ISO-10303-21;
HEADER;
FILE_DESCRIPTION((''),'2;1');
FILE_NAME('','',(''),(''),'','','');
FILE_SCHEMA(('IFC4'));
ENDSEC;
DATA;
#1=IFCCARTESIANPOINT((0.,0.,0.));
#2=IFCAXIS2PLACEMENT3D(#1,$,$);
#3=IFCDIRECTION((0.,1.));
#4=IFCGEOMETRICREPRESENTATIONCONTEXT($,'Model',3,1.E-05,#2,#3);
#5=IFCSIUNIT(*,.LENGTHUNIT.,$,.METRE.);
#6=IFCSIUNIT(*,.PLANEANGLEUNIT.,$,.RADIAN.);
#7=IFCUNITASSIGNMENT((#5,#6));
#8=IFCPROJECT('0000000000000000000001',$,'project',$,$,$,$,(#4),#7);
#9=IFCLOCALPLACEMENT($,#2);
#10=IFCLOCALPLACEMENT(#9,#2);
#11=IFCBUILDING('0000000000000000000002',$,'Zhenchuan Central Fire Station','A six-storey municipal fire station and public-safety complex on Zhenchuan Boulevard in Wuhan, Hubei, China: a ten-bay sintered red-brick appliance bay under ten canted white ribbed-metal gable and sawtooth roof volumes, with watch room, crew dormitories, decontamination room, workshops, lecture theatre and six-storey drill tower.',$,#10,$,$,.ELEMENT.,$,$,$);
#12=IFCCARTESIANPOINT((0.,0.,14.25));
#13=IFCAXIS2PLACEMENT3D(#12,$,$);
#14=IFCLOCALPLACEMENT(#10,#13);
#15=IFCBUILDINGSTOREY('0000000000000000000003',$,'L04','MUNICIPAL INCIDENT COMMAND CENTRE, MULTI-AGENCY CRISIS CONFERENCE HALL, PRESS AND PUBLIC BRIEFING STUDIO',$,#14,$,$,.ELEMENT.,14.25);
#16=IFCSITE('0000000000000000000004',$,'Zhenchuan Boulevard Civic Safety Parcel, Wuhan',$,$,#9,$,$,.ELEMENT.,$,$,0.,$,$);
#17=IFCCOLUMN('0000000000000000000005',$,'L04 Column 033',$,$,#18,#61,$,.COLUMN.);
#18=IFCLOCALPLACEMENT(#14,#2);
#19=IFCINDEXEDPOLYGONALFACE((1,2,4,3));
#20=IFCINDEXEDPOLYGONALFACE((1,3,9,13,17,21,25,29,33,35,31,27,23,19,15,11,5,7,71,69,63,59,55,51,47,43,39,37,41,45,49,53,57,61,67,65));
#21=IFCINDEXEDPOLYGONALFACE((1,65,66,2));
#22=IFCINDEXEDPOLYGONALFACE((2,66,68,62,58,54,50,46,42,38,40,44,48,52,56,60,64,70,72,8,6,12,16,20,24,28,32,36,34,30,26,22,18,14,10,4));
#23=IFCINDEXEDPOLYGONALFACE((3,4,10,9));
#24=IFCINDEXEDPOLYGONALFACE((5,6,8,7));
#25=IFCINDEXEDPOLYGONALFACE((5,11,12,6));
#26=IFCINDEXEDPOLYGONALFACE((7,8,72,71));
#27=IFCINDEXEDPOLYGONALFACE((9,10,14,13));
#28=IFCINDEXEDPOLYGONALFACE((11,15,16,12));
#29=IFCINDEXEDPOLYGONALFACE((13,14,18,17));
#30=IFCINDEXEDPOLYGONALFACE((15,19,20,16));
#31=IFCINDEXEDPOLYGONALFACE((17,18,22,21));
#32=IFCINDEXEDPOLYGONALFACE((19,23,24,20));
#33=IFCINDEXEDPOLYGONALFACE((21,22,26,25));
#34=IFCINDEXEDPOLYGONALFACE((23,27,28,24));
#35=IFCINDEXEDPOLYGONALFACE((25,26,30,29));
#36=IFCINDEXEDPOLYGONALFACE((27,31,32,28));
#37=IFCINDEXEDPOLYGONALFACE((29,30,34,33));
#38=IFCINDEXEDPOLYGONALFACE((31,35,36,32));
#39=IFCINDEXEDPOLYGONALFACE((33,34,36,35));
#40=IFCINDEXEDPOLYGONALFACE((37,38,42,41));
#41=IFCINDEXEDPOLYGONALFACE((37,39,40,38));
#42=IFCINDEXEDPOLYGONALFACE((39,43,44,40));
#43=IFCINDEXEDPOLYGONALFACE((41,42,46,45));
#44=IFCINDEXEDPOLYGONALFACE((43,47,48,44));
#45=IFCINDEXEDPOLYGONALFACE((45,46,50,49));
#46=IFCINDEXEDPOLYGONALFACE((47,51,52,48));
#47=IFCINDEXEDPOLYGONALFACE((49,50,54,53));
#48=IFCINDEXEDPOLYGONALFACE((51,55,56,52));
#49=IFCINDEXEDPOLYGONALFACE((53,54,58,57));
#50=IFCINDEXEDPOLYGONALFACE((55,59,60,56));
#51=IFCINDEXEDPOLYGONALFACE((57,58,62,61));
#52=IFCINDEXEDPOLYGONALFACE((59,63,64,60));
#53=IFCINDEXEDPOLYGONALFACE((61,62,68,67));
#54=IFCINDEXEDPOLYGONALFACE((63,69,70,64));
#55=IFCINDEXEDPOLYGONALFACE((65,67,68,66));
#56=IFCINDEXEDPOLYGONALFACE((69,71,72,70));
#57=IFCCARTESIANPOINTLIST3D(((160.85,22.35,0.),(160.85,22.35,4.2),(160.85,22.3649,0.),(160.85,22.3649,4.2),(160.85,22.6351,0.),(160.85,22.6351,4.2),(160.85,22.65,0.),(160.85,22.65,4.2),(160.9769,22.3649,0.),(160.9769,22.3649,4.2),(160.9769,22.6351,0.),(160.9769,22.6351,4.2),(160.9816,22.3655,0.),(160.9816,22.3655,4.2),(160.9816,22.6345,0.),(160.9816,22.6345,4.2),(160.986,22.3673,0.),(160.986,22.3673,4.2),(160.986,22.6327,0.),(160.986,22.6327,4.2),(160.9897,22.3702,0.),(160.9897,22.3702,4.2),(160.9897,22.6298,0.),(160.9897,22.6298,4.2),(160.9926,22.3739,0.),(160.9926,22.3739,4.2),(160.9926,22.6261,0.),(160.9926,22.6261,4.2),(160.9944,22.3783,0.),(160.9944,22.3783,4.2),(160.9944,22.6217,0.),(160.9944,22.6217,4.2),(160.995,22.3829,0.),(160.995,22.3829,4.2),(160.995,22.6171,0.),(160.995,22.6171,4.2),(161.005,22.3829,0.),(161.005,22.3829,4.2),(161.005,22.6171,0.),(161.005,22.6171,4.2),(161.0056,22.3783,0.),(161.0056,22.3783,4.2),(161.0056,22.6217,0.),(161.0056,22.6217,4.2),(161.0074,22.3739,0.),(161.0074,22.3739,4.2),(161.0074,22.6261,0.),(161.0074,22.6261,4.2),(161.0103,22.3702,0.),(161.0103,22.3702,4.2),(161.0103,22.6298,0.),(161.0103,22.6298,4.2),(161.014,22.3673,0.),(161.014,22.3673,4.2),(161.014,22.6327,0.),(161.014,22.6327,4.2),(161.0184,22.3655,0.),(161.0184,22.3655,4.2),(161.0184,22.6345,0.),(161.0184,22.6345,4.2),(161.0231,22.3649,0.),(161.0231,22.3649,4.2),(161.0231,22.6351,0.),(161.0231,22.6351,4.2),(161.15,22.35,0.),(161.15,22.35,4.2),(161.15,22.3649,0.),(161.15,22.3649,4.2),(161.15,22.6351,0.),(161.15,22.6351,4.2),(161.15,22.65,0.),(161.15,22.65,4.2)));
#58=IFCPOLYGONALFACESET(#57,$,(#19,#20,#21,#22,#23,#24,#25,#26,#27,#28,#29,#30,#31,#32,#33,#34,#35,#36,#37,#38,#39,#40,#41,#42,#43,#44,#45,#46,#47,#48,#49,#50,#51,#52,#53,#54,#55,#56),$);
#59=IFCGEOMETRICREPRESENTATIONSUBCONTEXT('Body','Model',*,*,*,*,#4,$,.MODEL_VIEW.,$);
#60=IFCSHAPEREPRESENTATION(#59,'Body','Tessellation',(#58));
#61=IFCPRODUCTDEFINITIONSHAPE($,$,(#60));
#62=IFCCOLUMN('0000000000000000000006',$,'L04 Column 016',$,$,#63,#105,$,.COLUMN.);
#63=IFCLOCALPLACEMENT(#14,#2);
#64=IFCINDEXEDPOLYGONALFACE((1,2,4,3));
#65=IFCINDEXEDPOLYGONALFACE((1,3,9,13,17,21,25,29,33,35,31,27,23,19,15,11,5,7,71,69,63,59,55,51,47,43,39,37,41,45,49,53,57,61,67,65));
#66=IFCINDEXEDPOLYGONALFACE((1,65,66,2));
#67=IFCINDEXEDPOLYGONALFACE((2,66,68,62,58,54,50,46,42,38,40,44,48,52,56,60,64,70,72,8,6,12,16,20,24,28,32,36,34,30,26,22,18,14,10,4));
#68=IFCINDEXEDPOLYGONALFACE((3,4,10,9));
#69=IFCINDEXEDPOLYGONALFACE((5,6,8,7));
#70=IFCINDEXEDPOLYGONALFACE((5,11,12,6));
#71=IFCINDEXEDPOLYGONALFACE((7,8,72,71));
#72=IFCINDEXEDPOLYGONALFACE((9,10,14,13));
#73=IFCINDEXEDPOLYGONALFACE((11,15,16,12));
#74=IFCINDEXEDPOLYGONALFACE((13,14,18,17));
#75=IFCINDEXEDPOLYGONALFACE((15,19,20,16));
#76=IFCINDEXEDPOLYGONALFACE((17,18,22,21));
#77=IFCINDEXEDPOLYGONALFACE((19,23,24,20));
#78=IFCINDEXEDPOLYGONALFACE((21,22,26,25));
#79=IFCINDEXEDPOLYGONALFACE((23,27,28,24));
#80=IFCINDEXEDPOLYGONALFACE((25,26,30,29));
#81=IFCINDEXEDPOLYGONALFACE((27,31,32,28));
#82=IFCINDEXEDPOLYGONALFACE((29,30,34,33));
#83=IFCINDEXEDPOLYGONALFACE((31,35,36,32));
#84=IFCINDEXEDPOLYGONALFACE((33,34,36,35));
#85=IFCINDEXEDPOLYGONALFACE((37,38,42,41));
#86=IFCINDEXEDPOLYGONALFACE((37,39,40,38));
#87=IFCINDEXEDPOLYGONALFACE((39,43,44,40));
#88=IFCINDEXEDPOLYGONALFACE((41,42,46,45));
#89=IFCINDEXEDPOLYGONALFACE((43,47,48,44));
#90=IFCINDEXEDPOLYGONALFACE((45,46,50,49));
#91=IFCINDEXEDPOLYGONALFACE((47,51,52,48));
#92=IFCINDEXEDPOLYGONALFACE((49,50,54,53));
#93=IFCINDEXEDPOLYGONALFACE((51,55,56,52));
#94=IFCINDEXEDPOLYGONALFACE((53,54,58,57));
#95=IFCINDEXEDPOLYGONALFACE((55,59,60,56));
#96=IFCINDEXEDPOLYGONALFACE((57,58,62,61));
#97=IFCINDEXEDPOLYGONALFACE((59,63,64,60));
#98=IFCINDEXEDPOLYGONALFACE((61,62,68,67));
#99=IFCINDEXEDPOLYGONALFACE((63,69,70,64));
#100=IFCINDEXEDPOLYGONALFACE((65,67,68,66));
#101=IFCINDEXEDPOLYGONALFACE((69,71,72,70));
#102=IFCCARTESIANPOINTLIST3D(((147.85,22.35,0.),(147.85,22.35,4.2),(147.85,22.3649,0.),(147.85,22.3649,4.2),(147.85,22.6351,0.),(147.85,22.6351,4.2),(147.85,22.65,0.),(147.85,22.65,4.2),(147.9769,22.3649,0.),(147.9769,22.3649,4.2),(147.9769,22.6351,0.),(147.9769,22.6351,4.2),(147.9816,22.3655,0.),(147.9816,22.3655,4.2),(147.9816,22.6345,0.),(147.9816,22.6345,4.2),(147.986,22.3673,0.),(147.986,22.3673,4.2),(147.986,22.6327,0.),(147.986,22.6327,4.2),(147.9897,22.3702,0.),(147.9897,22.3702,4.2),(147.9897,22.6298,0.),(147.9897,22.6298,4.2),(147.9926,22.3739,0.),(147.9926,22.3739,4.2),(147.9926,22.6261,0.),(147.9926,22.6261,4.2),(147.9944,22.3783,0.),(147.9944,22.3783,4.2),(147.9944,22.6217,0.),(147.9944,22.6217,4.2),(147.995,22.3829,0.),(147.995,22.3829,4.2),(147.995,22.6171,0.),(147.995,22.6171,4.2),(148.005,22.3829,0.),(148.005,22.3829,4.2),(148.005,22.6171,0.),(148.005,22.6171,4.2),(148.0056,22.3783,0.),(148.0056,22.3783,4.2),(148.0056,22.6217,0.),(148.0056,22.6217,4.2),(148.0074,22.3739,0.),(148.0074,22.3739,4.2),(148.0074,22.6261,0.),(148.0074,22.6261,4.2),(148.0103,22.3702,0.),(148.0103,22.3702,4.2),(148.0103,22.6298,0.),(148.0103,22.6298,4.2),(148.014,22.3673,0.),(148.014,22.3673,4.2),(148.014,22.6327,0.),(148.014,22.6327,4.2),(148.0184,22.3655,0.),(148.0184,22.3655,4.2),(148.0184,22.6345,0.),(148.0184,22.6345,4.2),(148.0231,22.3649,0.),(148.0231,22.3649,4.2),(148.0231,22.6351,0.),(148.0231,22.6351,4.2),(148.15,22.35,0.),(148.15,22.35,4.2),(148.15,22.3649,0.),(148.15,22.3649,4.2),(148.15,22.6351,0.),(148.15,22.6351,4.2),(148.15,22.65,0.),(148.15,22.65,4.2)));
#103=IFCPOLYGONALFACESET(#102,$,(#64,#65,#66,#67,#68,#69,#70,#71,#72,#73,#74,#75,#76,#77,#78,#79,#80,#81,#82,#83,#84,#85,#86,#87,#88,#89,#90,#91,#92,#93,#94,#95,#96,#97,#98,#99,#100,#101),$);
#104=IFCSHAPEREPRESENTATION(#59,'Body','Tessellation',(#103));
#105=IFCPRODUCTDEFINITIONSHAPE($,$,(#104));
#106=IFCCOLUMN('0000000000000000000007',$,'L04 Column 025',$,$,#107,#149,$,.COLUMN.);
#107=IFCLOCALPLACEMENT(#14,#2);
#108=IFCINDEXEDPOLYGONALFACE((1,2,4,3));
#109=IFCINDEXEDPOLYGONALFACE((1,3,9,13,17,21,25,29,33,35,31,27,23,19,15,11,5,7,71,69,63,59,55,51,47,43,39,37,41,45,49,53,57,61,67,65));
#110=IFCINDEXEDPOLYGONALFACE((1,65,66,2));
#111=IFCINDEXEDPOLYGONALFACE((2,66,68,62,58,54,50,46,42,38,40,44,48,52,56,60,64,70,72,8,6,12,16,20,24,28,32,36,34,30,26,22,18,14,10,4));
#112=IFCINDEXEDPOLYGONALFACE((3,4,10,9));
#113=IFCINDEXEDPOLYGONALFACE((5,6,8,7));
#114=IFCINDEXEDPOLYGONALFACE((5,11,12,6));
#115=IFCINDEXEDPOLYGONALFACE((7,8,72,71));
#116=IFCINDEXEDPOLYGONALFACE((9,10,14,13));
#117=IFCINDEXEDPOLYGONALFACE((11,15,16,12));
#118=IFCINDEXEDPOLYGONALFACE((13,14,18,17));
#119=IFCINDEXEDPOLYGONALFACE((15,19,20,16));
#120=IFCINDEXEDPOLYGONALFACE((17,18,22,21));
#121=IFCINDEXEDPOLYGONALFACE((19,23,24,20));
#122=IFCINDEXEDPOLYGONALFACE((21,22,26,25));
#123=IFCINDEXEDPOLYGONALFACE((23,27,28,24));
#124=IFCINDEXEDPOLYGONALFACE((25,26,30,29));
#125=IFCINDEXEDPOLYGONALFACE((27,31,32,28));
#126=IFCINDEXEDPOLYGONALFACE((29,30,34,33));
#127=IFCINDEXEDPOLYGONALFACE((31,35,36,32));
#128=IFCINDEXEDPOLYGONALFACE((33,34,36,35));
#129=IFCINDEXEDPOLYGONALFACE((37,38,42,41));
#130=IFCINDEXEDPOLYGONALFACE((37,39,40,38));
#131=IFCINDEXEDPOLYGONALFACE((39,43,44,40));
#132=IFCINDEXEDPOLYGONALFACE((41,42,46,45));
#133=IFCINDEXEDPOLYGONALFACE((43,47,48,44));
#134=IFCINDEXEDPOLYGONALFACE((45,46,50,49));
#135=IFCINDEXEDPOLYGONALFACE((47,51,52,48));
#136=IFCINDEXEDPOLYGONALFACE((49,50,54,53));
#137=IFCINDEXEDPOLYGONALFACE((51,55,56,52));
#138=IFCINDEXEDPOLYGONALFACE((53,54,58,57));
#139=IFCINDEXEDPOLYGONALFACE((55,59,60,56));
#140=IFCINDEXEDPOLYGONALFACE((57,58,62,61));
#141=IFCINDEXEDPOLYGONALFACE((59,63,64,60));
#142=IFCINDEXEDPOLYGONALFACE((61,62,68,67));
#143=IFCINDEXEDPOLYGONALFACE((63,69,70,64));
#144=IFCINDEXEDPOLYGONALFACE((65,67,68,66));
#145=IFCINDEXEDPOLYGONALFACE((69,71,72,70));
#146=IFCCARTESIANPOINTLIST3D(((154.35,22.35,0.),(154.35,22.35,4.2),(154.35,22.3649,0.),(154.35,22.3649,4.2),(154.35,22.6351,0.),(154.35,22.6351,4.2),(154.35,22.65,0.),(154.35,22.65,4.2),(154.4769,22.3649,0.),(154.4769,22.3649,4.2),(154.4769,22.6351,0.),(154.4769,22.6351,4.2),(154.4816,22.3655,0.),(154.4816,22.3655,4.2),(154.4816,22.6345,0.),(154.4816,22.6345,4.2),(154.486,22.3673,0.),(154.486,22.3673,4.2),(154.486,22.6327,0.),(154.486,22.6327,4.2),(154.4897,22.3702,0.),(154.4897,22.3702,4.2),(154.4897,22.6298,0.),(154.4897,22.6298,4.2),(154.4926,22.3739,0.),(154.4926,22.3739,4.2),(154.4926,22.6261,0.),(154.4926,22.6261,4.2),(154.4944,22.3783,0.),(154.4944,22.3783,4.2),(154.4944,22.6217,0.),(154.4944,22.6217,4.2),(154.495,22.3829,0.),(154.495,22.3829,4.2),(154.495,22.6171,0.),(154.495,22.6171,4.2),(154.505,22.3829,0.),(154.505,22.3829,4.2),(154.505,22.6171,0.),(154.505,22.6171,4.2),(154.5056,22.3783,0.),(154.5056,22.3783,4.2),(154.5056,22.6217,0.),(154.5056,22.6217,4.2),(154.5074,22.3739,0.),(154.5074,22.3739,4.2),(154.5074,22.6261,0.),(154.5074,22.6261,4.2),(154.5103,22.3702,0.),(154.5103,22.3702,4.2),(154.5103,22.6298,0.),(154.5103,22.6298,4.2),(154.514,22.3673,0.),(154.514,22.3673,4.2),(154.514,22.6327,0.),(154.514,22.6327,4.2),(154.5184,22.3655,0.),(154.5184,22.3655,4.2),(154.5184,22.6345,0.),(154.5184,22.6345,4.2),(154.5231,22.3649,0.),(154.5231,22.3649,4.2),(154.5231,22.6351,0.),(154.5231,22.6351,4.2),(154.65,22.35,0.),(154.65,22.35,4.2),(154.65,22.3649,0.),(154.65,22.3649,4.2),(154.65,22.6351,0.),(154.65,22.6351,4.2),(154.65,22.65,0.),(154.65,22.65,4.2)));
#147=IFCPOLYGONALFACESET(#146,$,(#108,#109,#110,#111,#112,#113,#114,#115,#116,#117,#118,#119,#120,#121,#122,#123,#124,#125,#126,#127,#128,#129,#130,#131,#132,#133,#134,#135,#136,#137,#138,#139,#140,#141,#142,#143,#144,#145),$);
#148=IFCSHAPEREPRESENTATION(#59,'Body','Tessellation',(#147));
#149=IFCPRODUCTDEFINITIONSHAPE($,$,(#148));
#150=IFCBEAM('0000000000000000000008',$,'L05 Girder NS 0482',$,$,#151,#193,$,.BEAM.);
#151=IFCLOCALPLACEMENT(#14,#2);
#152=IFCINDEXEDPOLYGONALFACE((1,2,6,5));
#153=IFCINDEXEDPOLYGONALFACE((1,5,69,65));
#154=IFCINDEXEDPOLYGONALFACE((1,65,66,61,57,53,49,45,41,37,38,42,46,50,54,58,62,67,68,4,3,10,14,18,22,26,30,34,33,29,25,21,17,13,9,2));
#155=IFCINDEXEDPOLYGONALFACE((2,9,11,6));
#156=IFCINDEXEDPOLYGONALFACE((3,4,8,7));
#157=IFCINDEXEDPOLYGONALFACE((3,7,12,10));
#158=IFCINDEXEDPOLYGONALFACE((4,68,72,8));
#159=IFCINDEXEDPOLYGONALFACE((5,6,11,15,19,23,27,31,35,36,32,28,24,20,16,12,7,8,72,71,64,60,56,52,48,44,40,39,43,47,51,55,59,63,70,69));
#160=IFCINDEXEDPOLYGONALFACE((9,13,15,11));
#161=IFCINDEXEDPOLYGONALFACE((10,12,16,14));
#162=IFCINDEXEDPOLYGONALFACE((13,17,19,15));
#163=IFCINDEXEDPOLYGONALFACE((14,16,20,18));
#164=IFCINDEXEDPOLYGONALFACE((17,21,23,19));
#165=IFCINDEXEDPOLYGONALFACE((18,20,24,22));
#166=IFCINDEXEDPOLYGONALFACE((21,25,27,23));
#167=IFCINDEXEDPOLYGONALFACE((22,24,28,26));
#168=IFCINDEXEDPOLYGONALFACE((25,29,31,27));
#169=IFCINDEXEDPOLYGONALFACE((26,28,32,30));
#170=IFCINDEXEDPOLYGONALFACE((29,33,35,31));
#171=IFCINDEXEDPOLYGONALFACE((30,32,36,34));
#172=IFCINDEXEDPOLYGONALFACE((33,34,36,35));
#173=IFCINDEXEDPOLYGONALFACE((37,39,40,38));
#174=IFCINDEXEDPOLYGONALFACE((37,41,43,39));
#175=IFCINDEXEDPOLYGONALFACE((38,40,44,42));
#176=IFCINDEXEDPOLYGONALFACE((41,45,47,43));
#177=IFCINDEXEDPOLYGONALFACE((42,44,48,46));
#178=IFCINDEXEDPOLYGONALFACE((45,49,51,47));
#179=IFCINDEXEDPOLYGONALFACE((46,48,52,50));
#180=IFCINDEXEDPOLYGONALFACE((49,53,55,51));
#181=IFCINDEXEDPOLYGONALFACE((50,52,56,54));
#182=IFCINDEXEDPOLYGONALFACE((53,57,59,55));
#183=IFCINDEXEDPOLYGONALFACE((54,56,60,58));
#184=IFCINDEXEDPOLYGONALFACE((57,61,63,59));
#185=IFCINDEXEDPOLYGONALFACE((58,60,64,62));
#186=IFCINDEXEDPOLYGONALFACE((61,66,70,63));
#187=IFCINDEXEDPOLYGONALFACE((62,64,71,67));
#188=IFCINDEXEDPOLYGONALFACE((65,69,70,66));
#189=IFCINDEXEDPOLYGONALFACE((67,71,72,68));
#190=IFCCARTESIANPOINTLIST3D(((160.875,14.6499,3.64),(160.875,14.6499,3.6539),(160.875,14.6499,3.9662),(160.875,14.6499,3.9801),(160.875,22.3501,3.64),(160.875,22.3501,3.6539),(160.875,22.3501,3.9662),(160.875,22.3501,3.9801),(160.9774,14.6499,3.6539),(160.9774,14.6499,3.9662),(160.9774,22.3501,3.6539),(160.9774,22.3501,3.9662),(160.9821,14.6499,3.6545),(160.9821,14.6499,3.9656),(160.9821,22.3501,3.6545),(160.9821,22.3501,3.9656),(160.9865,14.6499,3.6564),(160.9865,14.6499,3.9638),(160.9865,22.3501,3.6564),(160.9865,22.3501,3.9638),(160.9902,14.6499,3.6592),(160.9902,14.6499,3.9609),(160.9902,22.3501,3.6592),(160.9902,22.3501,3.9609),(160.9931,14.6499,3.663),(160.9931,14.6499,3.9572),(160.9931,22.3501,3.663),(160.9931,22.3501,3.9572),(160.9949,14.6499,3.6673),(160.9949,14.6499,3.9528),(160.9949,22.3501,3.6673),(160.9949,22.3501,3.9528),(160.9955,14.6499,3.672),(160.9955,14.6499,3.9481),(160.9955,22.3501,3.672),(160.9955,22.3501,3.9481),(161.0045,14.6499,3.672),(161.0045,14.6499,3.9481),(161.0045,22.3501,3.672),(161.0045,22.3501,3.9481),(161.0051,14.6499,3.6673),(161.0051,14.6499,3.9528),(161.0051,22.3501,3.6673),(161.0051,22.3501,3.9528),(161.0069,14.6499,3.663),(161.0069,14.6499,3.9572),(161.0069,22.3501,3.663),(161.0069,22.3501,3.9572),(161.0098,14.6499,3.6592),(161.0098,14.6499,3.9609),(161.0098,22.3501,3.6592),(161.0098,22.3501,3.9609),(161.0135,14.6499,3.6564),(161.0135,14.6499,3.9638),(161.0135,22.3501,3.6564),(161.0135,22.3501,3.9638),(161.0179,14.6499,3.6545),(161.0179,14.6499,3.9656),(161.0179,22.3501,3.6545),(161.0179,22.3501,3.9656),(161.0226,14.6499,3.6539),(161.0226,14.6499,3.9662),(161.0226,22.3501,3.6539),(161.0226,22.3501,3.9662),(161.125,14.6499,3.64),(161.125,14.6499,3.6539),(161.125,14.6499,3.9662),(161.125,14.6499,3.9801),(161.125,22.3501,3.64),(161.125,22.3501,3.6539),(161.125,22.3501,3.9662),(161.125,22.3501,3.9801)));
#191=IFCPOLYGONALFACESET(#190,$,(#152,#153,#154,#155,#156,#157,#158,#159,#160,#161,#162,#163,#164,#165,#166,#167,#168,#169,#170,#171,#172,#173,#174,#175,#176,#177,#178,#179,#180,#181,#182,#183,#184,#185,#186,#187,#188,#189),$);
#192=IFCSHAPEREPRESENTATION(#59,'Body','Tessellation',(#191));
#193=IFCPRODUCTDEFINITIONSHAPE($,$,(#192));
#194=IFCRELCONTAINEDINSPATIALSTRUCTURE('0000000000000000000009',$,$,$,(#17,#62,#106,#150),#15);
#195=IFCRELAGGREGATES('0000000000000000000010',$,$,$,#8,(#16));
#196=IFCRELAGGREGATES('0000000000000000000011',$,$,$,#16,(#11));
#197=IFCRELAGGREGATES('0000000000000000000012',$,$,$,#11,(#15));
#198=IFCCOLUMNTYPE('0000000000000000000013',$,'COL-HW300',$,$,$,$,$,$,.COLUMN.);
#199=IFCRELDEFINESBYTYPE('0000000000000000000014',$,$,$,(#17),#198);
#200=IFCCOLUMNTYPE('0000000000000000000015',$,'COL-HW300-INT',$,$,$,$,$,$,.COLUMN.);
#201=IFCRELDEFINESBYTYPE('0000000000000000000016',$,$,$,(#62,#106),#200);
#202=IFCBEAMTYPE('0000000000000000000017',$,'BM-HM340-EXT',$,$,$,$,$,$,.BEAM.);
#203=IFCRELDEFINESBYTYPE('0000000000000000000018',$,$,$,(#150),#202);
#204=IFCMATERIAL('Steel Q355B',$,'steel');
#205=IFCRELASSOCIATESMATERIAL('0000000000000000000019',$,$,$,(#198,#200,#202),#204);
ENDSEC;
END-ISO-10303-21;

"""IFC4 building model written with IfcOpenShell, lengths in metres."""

from ifc_helpers import new_model, si_unit, direction, frame, origin, origin_2d, place, context, subcontext, project, spatial, i_section, extrude, material, material_profile, profile_set, type_object, element, save


model = new_model("IFC4")

# Units and contexts
model_context = context("Model", 3, precision=1e-05, world=origin(), true_north=direction((0.0, 1.0)))
body_context = subcontext(model_context, "Body", "Model", "MODEL_VIEW")
ifc_project = project(units=[si_unit("LENGTHUNIT", "METRE"), si_unit("PLANEANGLEUNIT", "RADIAN")], contexts=[model_context])

# Site, building, storey
site_placement = place(None, origin())
site = spatial("IfcSite", under=ifc_project, at=site_placement, Name="Zhenchuan Boulevard Civic Safety Parcel, Wuhan", CompositionType="ELEMENT", RefElevation=0.0)
building_placement = place(site_placement, origin())
building = spatial("IfcBuilding", under=site, at=building_placement, Name="Zhenchuan Central Fire Station", Description="A six-storey municipal fire station and public-safety complex on Zhenchuan Boulevard in Wuhan, Hubei, China: a ten-bay sintered red-brick appliance bay under ten canted white ribbed-metal gable and sawtooth roof volumes, with watch room, crew dormitories, decontamination room, workshops, lecture theatre and six-storey drill tower.", CompositionType="ELEMENT")
storey_placement = place(building_placement, frame((0.0, 0.0, 14.25)))
storey = spatial("IfcBuildingStorey", under=building, at=storey_placement, Name="L04", Description="MUNICIPAL INCIDENT COMMAND CENTRE, MULTI-AGENCY CRISIS CONFERENCE HALL, PRESS AND PUBLIC BRIEFING STUDIO", CompositionType="ELEMENT", Elevation=14.25)

# Columns
ifc_material_1 = material(Name="Steel Q355B", Category="steel")
ifc_material_profile_1 = material_profile(ifc_material_1, i_section(OverallWidth=0.3, OverallDepth=0.3, WebThickness=0.01, FlangeThickness=0.0149, FilletRadius=0.0181, at=origin_2d()), Name="HW 300x300")
ifc_profile_set_1 = profile_set([ifc_material_profile_1], Name="Steel Q355B")
column_type_1 = type_object("IfcColumnType", Name="COL-HW300", PredefinedType="COLUMN", material=ifc_profile_set_1)
column_placement = place(storey_placement, frame((161.0, 22.5, 0.0), z_axis=(0.0, 0.0, 1.0), x_axis=(1.0, 0.0, 0.0)))
element("IfcColumn", 1, at=column_placement, inside=storey, type_object=column_type_1, Name="L04 Column 033", PredefinedType="COLUMN", context=body_context, shape_type="SweptSolid", body=[
    extrude(i_section(OverallWidth=0.3, OverallDepth=0.3, WebThickness=0.01, FlangeThickness=0.0149, FilletRadius=0.0181, at=origin_2d()), origin(), (0.0, 0.0, 1.0), 4.2),
])
ifc_material_profile_2 = material_profile(ifc_material_1, i_section(OverallWidth=0.3, OverallDepth=0.3, WebThickness=0.01, FlangeThickness=0.0149, FilletRadius=0.0181, at=origin_2d()), Name="HW 300x300")
ifc_profile_set_2 = profile_set([ifc_material_profile_2], Name="Steel Q355B")
column_type_2 = type_object("IfcColumnType", Name="COL-HW300-INT", PredefinedType="COLUMN", material=ifc_profile_set_2)
for number, where, z_axis, x_axis, name in (
    (2, (148.0, 22.5, 0.0), (0.0, 0.0, 1.0), (1.0, 0.0, 0.0), "L04 Column 016"),
    (3, (154.5, 22.5, 0.0), (0.0, 0.0, 1.0), (1.0, 0.0, 0.0), "L04 Column 025"),
):
    element("IfcColumn", number, at=place(storey_placement, frame(where, z_axis=z_axis, x_axis=x_axis)), inside=storey, type_object=column_type_2, Name=name, PredefinedType="COLUMN", context=body_context, shape_type="SweptSolid", body=[
        extrude(i_section(OverallWidth=0.3, OverallDepth=0.3, WebThickness=0.01, FlangeThickness=0.0149, FilletRadius=0.0181, at=origin_2d()), origin(), (0.0, 0.0, 1.0), 4.2),
    ])

# Beam
ifc_material_profile_3 = material_profile(ifc_material_1, i_section(OverallWidth=0.25, OverallDepth=0.3401, WebThickness=0.009, FlangeThickness=0.0139, FilletRadius=0.0181, at=origin_2d()), Name="HM 340x250")
ifc_profile_set_3 = profile_set([ifc_material_profile_3], Name="Steel Q355B")
beam_type_1 = type_object("IfcBeamType", Name="BM-HM340-EXT", PredefinedType="BEAM", material=ifc_profile_set_3)
beam_1_placement = place(storey_placement, frame((161.0, 14.6499, 3.8101), z_axis=(0.0, 1.0, 0.0), x_axis=(-1.0, 0.0, 0.0)))
element("IfcBeam", 4, at=beam_1_placement, inside=storey, type_object=beam_type_1, Name="L05 Girder NS 0482", PredefinedType="BEAM", context=body_context, shape_type="SweptSolid", body=[
    extrude(i_section(OverallWidth=0.25, OverallDepth=0.3401, WebThickness=0.009, FlangeThickness=0.0139, FilletRadius=0.0181, at=origin_2d()), origin(), (0.0, 0.0, 1.0), 7.7002),
])

save(model, "model.ifc")
